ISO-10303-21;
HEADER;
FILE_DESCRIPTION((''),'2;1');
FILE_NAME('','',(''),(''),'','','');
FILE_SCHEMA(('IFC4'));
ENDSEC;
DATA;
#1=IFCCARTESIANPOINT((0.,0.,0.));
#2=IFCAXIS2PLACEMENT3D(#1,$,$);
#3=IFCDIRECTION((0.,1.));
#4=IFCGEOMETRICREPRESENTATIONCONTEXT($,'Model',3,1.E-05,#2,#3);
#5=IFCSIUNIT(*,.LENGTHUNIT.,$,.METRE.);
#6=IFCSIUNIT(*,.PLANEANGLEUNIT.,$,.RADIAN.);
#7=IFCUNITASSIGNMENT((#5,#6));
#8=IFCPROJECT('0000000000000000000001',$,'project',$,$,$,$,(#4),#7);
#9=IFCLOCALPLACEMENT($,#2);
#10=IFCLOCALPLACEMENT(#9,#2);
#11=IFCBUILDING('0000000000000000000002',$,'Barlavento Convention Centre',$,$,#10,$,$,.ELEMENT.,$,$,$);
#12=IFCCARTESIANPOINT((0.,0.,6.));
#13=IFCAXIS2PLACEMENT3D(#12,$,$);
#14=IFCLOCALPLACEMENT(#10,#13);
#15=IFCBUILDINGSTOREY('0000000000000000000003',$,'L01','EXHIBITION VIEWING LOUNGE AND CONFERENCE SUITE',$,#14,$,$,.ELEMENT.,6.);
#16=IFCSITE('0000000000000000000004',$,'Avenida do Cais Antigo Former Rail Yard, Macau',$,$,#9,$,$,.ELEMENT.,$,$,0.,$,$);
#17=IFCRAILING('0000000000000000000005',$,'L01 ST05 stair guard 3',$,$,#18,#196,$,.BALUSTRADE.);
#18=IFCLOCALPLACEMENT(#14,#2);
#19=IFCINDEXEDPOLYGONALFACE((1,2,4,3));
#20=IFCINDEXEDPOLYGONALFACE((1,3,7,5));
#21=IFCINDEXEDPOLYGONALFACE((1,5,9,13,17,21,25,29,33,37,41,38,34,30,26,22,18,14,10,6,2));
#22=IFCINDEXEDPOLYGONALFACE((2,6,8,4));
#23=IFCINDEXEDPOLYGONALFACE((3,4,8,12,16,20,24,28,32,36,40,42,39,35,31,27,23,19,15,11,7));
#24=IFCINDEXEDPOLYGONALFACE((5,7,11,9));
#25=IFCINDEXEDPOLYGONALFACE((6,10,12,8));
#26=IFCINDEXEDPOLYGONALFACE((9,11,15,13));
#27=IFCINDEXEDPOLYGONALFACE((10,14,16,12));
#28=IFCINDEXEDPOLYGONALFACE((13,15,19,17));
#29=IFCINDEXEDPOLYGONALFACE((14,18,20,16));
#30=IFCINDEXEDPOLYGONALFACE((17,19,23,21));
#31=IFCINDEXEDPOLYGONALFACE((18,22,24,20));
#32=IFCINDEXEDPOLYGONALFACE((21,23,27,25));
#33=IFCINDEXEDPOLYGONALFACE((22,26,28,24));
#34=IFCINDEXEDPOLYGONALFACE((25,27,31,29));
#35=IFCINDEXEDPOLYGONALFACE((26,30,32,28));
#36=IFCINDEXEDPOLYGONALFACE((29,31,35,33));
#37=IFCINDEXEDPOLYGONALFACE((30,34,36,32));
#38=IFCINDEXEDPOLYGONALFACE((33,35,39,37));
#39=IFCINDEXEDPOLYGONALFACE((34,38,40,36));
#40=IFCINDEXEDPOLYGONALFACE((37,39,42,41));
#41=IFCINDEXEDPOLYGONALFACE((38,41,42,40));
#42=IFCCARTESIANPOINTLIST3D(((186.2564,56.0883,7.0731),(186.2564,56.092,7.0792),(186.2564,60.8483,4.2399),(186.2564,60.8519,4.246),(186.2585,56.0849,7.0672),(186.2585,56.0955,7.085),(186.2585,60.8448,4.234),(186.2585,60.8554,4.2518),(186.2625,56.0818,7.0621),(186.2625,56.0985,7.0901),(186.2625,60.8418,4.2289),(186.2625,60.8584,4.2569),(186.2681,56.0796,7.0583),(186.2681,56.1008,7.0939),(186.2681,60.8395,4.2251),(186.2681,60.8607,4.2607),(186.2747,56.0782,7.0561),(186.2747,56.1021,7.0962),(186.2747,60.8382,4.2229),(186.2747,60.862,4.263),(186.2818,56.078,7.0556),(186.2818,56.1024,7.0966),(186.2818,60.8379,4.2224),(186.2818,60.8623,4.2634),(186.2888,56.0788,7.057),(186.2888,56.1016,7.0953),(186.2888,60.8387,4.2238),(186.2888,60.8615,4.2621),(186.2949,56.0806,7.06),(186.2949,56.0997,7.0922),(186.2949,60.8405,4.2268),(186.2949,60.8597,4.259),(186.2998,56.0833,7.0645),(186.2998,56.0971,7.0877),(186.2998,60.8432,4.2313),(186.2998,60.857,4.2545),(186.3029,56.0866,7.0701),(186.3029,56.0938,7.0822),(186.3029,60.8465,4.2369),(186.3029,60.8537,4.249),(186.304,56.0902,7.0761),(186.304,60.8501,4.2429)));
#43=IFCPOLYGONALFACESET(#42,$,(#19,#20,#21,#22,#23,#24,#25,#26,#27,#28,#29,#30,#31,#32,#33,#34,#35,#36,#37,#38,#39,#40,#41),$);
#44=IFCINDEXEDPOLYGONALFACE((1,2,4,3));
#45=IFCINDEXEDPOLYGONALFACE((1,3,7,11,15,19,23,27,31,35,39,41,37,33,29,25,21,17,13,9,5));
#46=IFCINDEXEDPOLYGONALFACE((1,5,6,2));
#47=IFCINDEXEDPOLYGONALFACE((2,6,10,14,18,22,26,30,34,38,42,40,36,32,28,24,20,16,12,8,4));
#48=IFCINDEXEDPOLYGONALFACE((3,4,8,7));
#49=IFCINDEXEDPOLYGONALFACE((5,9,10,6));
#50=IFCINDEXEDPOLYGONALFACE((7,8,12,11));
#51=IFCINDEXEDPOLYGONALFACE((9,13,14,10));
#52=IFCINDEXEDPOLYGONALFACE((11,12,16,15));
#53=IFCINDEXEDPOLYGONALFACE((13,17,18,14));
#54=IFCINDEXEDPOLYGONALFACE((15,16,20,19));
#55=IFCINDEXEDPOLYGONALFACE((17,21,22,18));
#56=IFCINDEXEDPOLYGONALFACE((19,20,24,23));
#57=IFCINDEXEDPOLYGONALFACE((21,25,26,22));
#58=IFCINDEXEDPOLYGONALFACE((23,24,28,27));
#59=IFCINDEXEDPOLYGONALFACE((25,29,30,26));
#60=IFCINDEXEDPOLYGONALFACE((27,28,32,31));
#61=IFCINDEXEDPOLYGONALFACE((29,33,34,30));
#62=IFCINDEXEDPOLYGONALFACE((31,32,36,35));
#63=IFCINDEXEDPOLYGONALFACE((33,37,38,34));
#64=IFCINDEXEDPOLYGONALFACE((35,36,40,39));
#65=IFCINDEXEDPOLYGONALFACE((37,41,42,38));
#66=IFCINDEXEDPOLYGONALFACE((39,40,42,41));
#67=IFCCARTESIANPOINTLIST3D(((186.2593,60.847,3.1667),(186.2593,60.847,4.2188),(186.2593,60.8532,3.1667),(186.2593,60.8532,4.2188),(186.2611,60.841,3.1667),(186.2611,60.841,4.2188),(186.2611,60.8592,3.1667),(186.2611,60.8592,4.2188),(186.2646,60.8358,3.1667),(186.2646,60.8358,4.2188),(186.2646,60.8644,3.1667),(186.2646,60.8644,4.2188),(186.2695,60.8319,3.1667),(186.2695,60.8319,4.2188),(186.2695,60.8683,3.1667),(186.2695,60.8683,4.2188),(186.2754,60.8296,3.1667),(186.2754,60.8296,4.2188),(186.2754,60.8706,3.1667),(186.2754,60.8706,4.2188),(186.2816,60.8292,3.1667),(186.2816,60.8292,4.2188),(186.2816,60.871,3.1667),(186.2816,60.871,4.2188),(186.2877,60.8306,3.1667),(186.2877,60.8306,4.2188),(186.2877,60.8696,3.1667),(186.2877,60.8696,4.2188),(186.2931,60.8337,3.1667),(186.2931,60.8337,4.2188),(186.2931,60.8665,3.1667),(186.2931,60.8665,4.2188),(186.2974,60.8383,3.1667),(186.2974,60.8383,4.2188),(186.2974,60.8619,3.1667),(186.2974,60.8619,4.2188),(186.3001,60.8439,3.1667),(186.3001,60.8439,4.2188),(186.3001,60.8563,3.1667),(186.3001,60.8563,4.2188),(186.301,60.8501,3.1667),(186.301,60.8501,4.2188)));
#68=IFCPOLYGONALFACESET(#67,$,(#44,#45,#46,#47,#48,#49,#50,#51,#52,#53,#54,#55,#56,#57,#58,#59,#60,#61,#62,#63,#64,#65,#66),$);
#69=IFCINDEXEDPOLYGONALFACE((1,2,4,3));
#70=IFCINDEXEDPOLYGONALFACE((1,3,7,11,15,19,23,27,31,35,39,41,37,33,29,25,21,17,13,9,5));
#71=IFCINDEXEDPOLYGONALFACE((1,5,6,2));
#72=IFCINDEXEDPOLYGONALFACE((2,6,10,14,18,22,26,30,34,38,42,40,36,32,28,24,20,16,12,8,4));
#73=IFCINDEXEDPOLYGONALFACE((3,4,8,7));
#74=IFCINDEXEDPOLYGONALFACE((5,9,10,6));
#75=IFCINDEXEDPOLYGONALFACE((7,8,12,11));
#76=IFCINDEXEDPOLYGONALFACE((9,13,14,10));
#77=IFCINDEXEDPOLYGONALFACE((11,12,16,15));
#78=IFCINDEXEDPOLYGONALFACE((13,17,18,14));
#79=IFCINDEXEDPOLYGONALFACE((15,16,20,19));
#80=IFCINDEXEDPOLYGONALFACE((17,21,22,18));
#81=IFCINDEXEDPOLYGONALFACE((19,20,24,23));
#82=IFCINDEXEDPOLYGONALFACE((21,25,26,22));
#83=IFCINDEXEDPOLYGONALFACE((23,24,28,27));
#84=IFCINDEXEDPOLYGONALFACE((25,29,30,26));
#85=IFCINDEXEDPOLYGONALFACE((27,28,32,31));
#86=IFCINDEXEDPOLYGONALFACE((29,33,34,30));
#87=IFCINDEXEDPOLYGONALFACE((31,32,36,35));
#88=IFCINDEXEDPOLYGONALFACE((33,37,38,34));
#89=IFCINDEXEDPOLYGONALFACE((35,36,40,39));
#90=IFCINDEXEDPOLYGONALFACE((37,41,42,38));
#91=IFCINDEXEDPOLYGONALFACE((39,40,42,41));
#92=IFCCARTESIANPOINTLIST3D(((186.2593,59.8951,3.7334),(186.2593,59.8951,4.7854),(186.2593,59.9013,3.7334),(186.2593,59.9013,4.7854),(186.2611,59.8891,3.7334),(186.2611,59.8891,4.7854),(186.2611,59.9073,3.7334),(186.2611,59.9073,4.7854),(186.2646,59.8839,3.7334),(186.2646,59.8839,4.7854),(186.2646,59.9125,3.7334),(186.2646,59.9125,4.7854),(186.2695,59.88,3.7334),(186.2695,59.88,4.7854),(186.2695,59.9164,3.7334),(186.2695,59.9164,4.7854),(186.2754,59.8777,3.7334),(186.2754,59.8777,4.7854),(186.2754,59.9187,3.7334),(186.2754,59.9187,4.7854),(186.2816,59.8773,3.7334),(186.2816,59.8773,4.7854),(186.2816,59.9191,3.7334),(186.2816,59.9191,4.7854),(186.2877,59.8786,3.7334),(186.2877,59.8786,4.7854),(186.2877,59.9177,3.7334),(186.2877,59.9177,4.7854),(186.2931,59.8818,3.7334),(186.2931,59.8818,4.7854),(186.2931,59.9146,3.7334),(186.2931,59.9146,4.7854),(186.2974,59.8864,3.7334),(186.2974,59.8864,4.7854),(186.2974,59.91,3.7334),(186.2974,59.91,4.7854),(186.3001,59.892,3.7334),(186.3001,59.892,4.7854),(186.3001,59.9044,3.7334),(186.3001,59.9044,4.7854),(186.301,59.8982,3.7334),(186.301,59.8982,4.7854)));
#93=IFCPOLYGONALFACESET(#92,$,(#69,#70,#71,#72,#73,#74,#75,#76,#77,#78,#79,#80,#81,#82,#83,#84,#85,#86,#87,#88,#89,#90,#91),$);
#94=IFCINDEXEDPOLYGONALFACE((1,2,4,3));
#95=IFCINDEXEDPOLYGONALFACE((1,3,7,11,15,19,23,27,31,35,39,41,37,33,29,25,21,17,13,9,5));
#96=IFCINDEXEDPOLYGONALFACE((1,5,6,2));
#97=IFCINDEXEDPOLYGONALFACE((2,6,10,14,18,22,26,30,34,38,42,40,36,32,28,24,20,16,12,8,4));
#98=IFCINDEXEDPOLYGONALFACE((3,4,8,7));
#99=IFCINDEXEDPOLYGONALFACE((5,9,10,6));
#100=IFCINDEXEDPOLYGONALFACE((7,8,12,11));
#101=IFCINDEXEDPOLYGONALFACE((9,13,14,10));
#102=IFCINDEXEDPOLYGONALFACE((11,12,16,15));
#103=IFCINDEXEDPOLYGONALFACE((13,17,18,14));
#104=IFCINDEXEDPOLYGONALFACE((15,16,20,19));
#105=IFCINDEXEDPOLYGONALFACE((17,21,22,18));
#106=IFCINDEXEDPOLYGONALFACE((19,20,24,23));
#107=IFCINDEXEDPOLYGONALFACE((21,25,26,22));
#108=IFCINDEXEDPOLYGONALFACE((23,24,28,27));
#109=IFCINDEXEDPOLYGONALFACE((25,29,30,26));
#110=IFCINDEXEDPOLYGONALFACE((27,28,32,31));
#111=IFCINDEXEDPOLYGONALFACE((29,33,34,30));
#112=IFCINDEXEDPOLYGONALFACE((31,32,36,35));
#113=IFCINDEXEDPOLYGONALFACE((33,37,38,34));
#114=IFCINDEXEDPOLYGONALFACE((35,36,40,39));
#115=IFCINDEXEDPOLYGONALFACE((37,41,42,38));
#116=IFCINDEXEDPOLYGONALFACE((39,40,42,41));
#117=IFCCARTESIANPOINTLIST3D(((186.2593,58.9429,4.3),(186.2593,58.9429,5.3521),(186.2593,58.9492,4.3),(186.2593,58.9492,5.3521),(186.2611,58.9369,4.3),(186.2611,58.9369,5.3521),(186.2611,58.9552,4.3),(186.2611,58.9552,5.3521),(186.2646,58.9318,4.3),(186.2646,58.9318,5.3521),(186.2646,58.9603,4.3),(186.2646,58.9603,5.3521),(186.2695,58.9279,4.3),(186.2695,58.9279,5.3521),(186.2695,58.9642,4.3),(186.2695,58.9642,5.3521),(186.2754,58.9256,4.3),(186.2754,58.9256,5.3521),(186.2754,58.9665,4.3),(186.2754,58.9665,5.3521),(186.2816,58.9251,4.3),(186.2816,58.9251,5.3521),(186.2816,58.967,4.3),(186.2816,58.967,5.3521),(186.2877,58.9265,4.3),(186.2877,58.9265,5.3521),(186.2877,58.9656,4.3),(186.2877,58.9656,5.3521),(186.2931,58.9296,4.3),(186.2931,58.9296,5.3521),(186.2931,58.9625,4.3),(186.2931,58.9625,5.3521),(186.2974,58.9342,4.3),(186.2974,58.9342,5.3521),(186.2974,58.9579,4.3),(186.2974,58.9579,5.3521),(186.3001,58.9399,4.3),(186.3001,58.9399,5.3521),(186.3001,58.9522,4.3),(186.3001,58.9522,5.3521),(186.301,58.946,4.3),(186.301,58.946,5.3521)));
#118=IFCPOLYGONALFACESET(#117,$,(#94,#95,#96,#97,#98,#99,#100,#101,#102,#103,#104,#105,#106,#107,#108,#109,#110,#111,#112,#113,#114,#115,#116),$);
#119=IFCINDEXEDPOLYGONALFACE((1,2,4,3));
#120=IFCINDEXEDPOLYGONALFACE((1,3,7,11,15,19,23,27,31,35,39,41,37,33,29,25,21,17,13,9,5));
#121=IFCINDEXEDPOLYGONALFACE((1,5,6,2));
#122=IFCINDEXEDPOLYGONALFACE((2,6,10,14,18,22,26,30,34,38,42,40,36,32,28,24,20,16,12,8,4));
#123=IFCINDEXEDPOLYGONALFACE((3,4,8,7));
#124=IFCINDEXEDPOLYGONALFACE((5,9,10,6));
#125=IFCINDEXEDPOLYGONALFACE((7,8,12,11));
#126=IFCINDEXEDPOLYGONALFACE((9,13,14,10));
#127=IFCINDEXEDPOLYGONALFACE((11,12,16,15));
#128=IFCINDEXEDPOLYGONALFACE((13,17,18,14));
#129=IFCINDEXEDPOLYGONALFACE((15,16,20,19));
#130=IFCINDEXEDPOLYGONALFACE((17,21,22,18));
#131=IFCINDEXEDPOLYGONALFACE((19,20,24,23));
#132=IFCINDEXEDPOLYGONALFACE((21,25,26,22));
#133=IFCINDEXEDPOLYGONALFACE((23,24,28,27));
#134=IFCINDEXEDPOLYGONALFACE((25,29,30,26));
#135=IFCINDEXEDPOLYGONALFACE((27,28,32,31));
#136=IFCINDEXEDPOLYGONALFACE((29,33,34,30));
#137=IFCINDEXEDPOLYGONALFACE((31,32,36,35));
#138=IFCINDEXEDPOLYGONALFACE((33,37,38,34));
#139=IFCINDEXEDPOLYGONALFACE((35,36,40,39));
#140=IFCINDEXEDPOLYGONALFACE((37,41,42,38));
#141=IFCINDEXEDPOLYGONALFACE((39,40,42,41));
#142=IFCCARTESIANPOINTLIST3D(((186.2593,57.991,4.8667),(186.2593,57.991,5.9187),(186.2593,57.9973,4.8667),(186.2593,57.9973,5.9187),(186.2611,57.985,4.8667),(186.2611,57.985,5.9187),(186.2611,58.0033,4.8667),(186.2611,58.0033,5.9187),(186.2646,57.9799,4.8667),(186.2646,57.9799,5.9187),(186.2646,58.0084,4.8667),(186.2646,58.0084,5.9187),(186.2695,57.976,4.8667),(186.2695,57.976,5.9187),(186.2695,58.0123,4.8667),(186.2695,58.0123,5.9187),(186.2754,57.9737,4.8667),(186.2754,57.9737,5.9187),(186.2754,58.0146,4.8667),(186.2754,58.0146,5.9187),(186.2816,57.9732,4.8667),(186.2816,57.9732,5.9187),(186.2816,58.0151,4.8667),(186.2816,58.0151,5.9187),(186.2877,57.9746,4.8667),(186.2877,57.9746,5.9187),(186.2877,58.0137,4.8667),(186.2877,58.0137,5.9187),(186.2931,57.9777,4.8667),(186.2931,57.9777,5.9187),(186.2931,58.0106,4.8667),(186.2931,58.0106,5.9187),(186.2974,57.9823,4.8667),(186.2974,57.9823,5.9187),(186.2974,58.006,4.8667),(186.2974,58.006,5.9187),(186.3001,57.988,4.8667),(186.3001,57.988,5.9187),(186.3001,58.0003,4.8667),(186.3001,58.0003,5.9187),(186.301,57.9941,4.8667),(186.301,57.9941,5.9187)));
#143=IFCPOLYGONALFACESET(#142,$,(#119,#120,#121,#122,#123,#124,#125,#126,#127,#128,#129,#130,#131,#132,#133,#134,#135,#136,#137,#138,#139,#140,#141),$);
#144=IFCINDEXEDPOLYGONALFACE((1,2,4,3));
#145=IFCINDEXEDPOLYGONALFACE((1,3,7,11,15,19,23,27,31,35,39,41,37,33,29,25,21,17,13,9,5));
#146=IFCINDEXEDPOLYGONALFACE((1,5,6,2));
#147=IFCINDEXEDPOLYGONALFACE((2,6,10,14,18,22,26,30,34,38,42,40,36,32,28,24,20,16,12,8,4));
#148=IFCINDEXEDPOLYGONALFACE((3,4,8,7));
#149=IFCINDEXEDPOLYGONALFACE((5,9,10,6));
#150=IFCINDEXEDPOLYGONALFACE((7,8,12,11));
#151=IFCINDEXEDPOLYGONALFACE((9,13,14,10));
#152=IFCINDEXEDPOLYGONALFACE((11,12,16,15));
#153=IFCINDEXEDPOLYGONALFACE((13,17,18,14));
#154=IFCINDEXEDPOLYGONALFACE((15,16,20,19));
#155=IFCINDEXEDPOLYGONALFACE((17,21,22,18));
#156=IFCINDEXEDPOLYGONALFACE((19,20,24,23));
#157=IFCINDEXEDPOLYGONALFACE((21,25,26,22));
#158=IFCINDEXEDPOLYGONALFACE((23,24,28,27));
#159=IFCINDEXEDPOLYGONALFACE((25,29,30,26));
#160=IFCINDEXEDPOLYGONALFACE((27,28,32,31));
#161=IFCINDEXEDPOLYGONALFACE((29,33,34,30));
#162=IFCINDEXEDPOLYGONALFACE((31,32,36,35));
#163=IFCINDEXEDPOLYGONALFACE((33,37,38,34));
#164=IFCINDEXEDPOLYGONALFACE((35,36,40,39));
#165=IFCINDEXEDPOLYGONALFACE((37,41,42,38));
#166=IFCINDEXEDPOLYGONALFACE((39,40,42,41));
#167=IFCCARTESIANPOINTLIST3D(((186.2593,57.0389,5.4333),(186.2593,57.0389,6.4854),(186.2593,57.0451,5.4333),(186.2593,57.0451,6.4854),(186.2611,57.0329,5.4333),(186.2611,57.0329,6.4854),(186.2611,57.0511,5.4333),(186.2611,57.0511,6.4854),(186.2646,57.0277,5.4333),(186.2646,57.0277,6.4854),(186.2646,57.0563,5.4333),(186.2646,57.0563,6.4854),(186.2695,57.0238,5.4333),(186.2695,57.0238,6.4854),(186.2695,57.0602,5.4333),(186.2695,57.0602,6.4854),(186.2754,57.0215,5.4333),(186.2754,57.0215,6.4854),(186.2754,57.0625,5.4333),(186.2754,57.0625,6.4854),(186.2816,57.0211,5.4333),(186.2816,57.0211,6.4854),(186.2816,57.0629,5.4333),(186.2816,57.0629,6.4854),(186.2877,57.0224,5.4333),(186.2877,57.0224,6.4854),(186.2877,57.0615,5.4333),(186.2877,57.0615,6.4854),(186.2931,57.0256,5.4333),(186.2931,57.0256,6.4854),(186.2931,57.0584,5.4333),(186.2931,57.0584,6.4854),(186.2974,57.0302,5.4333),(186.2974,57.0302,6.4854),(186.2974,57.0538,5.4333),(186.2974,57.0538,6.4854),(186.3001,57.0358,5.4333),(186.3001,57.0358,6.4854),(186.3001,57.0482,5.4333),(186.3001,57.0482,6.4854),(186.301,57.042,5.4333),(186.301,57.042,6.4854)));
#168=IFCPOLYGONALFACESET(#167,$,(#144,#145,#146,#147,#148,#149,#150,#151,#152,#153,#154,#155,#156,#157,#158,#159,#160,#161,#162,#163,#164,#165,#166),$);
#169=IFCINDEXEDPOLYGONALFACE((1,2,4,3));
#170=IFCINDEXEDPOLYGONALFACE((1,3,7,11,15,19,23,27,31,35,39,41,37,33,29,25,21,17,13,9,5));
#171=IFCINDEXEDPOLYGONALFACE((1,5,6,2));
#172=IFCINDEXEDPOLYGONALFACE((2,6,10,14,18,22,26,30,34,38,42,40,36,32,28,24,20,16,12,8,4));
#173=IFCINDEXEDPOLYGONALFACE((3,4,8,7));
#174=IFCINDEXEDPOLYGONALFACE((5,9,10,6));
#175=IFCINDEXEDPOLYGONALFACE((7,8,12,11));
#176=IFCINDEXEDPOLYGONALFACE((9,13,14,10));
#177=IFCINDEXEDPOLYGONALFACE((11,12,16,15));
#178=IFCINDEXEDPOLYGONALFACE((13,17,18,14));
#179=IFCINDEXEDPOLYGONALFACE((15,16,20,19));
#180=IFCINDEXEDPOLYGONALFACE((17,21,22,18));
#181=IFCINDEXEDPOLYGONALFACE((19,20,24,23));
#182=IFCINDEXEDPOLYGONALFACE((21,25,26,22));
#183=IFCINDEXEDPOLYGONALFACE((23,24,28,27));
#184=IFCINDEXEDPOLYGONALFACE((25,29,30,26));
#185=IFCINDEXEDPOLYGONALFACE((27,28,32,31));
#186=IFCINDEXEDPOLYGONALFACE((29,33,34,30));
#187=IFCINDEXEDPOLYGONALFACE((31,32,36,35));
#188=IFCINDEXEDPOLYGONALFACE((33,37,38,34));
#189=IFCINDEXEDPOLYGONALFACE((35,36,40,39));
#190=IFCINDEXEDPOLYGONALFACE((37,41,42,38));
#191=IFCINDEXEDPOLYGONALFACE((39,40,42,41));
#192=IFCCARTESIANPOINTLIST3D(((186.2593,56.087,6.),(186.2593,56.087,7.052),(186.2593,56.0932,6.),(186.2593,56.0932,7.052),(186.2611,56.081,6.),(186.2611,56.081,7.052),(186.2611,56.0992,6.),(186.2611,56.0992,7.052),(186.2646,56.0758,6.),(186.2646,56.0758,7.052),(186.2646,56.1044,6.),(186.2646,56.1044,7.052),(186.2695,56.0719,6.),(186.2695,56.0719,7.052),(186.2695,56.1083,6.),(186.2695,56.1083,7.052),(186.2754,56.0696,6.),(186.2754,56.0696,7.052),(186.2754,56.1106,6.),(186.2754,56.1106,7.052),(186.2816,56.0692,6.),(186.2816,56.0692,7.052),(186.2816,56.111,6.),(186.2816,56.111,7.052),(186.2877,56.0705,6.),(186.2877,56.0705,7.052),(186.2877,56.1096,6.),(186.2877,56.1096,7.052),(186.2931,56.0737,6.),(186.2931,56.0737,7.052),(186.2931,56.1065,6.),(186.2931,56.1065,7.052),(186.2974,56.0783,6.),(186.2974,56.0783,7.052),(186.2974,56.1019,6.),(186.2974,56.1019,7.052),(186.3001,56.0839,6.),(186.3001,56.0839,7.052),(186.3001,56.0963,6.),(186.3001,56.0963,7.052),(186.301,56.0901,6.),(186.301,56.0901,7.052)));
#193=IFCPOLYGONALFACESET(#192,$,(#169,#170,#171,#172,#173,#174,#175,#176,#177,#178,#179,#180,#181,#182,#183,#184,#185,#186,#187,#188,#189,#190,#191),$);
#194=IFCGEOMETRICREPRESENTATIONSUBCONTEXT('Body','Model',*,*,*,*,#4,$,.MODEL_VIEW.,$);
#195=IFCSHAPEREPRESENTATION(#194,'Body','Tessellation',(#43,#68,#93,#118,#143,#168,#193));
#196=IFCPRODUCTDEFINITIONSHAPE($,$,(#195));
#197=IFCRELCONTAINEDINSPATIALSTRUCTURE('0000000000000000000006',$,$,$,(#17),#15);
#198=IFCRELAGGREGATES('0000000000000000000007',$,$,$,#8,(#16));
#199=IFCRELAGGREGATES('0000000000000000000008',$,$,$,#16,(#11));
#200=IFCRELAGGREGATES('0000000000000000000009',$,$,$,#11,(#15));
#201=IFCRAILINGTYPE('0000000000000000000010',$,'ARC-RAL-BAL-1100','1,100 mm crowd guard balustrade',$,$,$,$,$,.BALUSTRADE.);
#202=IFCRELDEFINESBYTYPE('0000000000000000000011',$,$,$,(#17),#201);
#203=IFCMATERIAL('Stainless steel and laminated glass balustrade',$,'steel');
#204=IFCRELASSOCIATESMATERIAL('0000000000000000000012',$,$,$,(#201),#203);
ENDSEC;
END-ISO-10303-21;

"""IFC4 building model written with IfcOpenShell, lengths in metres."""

from ifc_helpers import new_model, si_unit, direction, frame, origin, origin_2d, place, context, subcontext, project, spatial, circle, extrude, material, type_object, element, save


model = new_model("IFC4")

# Units and contexts
model_context = context("Model", 3, precision=1e-05, world=origin(), true_north=direction((0.0, 1.0)))
body_context = subcontext(model_context, "Body", "Model", "MODEL_VIEW")
ifc_project = project(units=[si_unit("LENGTHUNIT", "METRE"), si_unit("PLANEANGLEUNIT", "RADIAN")], contexts=[model_context])

# Site, building, storey
site_placement = place(None, origin())
site = spatial("IfcSite", under=ifc_project, at=site_placement, Name="Avenida do Cais Antigo Former Rail Yard, Macau", CompositionType="ELEMENT", RefElevation=0.0)
building_placement = place(site_placement, origin())
building = spatial("IfcBuilding", under=site, at=building_placement, Name="Barlavento Convention Centre", CompositionType="ELEMENT")
storey_placement = place(building_placement, frame((0.0, 0.0, 6.0)))
storey = spatial("IfcBuildingStorey", under=building, at=storey_placement, Name="L01", Description="EXHIBITION VIEWING LOUNGE AND CONFERENCE SUITE", CompositionType="ELEMENT", Elevation=6.0)

# Railing
ifc_material_1 = material(Name="Stainless steel and laminated glass balustrade", Category="steel")
railing_type_1 = type_object("IfcRailingType", Name="ARC-RAL-BAL-1100", Description="1,100 mm crowd guard balustrade", PredefinedType="BALUSTRADE", material=ifc_material_1)
railing_1_placement = place(storey_placement, frame((186.28, 60.8501, 3.1667)))
element("IfcRailing", 1, at=railing_1_placement, inside=storey, type_object=railing_type_1, Name="L01 ST05 stair guard 3", PredefinedType="BALUSTRADE", context=body_context, shape_type="SweptSolid", body=[
    extrude(circle(Radius=0.0239, at=origin_2d()), frame((0.0, 0.0, 1.0762), z_axis=(0.0, -0.8593, 0.511472), x_axis=(1.0, 0.0, 0.0)), (0.0, 0.0, 1.0), 5.5393),
    extrude(circle(Radius=0.021, at=origin_2d()), origin(), (0.0, 0.0, 1.0), 1.052),
    extrude(circle(Radius=0.021, at=origin_2d()), frame((0.0, -0.9519, 0.5667)), (0.0, 0.0, 1.0), 1.052),
    extrude(circle(Radius=0.021, at=origin_2d()), frame((0.0, -1.9041, 1.1333)), (0.0, 0.0, 1.0), 1.052),
    extrude(circle(Radius=0.021, at=origin_2d()), frame((0.0, -2.856, 1.7)), (0.0, 0.0, 1.0), 1.052),
    extrude(circle(Radius=0.021, at=origin_2d()), frame((0.0, -3.8081, 2.2666)), (0.0, 0.0, 1.0), 1.052),
    extrude(circle(Radius=0.021, at=origin_2d()), frame((0.0, -4.76, 2.8333)), (0.0, 0.0, 1.0), 1.052),
])

save(model, "model.ifc")
